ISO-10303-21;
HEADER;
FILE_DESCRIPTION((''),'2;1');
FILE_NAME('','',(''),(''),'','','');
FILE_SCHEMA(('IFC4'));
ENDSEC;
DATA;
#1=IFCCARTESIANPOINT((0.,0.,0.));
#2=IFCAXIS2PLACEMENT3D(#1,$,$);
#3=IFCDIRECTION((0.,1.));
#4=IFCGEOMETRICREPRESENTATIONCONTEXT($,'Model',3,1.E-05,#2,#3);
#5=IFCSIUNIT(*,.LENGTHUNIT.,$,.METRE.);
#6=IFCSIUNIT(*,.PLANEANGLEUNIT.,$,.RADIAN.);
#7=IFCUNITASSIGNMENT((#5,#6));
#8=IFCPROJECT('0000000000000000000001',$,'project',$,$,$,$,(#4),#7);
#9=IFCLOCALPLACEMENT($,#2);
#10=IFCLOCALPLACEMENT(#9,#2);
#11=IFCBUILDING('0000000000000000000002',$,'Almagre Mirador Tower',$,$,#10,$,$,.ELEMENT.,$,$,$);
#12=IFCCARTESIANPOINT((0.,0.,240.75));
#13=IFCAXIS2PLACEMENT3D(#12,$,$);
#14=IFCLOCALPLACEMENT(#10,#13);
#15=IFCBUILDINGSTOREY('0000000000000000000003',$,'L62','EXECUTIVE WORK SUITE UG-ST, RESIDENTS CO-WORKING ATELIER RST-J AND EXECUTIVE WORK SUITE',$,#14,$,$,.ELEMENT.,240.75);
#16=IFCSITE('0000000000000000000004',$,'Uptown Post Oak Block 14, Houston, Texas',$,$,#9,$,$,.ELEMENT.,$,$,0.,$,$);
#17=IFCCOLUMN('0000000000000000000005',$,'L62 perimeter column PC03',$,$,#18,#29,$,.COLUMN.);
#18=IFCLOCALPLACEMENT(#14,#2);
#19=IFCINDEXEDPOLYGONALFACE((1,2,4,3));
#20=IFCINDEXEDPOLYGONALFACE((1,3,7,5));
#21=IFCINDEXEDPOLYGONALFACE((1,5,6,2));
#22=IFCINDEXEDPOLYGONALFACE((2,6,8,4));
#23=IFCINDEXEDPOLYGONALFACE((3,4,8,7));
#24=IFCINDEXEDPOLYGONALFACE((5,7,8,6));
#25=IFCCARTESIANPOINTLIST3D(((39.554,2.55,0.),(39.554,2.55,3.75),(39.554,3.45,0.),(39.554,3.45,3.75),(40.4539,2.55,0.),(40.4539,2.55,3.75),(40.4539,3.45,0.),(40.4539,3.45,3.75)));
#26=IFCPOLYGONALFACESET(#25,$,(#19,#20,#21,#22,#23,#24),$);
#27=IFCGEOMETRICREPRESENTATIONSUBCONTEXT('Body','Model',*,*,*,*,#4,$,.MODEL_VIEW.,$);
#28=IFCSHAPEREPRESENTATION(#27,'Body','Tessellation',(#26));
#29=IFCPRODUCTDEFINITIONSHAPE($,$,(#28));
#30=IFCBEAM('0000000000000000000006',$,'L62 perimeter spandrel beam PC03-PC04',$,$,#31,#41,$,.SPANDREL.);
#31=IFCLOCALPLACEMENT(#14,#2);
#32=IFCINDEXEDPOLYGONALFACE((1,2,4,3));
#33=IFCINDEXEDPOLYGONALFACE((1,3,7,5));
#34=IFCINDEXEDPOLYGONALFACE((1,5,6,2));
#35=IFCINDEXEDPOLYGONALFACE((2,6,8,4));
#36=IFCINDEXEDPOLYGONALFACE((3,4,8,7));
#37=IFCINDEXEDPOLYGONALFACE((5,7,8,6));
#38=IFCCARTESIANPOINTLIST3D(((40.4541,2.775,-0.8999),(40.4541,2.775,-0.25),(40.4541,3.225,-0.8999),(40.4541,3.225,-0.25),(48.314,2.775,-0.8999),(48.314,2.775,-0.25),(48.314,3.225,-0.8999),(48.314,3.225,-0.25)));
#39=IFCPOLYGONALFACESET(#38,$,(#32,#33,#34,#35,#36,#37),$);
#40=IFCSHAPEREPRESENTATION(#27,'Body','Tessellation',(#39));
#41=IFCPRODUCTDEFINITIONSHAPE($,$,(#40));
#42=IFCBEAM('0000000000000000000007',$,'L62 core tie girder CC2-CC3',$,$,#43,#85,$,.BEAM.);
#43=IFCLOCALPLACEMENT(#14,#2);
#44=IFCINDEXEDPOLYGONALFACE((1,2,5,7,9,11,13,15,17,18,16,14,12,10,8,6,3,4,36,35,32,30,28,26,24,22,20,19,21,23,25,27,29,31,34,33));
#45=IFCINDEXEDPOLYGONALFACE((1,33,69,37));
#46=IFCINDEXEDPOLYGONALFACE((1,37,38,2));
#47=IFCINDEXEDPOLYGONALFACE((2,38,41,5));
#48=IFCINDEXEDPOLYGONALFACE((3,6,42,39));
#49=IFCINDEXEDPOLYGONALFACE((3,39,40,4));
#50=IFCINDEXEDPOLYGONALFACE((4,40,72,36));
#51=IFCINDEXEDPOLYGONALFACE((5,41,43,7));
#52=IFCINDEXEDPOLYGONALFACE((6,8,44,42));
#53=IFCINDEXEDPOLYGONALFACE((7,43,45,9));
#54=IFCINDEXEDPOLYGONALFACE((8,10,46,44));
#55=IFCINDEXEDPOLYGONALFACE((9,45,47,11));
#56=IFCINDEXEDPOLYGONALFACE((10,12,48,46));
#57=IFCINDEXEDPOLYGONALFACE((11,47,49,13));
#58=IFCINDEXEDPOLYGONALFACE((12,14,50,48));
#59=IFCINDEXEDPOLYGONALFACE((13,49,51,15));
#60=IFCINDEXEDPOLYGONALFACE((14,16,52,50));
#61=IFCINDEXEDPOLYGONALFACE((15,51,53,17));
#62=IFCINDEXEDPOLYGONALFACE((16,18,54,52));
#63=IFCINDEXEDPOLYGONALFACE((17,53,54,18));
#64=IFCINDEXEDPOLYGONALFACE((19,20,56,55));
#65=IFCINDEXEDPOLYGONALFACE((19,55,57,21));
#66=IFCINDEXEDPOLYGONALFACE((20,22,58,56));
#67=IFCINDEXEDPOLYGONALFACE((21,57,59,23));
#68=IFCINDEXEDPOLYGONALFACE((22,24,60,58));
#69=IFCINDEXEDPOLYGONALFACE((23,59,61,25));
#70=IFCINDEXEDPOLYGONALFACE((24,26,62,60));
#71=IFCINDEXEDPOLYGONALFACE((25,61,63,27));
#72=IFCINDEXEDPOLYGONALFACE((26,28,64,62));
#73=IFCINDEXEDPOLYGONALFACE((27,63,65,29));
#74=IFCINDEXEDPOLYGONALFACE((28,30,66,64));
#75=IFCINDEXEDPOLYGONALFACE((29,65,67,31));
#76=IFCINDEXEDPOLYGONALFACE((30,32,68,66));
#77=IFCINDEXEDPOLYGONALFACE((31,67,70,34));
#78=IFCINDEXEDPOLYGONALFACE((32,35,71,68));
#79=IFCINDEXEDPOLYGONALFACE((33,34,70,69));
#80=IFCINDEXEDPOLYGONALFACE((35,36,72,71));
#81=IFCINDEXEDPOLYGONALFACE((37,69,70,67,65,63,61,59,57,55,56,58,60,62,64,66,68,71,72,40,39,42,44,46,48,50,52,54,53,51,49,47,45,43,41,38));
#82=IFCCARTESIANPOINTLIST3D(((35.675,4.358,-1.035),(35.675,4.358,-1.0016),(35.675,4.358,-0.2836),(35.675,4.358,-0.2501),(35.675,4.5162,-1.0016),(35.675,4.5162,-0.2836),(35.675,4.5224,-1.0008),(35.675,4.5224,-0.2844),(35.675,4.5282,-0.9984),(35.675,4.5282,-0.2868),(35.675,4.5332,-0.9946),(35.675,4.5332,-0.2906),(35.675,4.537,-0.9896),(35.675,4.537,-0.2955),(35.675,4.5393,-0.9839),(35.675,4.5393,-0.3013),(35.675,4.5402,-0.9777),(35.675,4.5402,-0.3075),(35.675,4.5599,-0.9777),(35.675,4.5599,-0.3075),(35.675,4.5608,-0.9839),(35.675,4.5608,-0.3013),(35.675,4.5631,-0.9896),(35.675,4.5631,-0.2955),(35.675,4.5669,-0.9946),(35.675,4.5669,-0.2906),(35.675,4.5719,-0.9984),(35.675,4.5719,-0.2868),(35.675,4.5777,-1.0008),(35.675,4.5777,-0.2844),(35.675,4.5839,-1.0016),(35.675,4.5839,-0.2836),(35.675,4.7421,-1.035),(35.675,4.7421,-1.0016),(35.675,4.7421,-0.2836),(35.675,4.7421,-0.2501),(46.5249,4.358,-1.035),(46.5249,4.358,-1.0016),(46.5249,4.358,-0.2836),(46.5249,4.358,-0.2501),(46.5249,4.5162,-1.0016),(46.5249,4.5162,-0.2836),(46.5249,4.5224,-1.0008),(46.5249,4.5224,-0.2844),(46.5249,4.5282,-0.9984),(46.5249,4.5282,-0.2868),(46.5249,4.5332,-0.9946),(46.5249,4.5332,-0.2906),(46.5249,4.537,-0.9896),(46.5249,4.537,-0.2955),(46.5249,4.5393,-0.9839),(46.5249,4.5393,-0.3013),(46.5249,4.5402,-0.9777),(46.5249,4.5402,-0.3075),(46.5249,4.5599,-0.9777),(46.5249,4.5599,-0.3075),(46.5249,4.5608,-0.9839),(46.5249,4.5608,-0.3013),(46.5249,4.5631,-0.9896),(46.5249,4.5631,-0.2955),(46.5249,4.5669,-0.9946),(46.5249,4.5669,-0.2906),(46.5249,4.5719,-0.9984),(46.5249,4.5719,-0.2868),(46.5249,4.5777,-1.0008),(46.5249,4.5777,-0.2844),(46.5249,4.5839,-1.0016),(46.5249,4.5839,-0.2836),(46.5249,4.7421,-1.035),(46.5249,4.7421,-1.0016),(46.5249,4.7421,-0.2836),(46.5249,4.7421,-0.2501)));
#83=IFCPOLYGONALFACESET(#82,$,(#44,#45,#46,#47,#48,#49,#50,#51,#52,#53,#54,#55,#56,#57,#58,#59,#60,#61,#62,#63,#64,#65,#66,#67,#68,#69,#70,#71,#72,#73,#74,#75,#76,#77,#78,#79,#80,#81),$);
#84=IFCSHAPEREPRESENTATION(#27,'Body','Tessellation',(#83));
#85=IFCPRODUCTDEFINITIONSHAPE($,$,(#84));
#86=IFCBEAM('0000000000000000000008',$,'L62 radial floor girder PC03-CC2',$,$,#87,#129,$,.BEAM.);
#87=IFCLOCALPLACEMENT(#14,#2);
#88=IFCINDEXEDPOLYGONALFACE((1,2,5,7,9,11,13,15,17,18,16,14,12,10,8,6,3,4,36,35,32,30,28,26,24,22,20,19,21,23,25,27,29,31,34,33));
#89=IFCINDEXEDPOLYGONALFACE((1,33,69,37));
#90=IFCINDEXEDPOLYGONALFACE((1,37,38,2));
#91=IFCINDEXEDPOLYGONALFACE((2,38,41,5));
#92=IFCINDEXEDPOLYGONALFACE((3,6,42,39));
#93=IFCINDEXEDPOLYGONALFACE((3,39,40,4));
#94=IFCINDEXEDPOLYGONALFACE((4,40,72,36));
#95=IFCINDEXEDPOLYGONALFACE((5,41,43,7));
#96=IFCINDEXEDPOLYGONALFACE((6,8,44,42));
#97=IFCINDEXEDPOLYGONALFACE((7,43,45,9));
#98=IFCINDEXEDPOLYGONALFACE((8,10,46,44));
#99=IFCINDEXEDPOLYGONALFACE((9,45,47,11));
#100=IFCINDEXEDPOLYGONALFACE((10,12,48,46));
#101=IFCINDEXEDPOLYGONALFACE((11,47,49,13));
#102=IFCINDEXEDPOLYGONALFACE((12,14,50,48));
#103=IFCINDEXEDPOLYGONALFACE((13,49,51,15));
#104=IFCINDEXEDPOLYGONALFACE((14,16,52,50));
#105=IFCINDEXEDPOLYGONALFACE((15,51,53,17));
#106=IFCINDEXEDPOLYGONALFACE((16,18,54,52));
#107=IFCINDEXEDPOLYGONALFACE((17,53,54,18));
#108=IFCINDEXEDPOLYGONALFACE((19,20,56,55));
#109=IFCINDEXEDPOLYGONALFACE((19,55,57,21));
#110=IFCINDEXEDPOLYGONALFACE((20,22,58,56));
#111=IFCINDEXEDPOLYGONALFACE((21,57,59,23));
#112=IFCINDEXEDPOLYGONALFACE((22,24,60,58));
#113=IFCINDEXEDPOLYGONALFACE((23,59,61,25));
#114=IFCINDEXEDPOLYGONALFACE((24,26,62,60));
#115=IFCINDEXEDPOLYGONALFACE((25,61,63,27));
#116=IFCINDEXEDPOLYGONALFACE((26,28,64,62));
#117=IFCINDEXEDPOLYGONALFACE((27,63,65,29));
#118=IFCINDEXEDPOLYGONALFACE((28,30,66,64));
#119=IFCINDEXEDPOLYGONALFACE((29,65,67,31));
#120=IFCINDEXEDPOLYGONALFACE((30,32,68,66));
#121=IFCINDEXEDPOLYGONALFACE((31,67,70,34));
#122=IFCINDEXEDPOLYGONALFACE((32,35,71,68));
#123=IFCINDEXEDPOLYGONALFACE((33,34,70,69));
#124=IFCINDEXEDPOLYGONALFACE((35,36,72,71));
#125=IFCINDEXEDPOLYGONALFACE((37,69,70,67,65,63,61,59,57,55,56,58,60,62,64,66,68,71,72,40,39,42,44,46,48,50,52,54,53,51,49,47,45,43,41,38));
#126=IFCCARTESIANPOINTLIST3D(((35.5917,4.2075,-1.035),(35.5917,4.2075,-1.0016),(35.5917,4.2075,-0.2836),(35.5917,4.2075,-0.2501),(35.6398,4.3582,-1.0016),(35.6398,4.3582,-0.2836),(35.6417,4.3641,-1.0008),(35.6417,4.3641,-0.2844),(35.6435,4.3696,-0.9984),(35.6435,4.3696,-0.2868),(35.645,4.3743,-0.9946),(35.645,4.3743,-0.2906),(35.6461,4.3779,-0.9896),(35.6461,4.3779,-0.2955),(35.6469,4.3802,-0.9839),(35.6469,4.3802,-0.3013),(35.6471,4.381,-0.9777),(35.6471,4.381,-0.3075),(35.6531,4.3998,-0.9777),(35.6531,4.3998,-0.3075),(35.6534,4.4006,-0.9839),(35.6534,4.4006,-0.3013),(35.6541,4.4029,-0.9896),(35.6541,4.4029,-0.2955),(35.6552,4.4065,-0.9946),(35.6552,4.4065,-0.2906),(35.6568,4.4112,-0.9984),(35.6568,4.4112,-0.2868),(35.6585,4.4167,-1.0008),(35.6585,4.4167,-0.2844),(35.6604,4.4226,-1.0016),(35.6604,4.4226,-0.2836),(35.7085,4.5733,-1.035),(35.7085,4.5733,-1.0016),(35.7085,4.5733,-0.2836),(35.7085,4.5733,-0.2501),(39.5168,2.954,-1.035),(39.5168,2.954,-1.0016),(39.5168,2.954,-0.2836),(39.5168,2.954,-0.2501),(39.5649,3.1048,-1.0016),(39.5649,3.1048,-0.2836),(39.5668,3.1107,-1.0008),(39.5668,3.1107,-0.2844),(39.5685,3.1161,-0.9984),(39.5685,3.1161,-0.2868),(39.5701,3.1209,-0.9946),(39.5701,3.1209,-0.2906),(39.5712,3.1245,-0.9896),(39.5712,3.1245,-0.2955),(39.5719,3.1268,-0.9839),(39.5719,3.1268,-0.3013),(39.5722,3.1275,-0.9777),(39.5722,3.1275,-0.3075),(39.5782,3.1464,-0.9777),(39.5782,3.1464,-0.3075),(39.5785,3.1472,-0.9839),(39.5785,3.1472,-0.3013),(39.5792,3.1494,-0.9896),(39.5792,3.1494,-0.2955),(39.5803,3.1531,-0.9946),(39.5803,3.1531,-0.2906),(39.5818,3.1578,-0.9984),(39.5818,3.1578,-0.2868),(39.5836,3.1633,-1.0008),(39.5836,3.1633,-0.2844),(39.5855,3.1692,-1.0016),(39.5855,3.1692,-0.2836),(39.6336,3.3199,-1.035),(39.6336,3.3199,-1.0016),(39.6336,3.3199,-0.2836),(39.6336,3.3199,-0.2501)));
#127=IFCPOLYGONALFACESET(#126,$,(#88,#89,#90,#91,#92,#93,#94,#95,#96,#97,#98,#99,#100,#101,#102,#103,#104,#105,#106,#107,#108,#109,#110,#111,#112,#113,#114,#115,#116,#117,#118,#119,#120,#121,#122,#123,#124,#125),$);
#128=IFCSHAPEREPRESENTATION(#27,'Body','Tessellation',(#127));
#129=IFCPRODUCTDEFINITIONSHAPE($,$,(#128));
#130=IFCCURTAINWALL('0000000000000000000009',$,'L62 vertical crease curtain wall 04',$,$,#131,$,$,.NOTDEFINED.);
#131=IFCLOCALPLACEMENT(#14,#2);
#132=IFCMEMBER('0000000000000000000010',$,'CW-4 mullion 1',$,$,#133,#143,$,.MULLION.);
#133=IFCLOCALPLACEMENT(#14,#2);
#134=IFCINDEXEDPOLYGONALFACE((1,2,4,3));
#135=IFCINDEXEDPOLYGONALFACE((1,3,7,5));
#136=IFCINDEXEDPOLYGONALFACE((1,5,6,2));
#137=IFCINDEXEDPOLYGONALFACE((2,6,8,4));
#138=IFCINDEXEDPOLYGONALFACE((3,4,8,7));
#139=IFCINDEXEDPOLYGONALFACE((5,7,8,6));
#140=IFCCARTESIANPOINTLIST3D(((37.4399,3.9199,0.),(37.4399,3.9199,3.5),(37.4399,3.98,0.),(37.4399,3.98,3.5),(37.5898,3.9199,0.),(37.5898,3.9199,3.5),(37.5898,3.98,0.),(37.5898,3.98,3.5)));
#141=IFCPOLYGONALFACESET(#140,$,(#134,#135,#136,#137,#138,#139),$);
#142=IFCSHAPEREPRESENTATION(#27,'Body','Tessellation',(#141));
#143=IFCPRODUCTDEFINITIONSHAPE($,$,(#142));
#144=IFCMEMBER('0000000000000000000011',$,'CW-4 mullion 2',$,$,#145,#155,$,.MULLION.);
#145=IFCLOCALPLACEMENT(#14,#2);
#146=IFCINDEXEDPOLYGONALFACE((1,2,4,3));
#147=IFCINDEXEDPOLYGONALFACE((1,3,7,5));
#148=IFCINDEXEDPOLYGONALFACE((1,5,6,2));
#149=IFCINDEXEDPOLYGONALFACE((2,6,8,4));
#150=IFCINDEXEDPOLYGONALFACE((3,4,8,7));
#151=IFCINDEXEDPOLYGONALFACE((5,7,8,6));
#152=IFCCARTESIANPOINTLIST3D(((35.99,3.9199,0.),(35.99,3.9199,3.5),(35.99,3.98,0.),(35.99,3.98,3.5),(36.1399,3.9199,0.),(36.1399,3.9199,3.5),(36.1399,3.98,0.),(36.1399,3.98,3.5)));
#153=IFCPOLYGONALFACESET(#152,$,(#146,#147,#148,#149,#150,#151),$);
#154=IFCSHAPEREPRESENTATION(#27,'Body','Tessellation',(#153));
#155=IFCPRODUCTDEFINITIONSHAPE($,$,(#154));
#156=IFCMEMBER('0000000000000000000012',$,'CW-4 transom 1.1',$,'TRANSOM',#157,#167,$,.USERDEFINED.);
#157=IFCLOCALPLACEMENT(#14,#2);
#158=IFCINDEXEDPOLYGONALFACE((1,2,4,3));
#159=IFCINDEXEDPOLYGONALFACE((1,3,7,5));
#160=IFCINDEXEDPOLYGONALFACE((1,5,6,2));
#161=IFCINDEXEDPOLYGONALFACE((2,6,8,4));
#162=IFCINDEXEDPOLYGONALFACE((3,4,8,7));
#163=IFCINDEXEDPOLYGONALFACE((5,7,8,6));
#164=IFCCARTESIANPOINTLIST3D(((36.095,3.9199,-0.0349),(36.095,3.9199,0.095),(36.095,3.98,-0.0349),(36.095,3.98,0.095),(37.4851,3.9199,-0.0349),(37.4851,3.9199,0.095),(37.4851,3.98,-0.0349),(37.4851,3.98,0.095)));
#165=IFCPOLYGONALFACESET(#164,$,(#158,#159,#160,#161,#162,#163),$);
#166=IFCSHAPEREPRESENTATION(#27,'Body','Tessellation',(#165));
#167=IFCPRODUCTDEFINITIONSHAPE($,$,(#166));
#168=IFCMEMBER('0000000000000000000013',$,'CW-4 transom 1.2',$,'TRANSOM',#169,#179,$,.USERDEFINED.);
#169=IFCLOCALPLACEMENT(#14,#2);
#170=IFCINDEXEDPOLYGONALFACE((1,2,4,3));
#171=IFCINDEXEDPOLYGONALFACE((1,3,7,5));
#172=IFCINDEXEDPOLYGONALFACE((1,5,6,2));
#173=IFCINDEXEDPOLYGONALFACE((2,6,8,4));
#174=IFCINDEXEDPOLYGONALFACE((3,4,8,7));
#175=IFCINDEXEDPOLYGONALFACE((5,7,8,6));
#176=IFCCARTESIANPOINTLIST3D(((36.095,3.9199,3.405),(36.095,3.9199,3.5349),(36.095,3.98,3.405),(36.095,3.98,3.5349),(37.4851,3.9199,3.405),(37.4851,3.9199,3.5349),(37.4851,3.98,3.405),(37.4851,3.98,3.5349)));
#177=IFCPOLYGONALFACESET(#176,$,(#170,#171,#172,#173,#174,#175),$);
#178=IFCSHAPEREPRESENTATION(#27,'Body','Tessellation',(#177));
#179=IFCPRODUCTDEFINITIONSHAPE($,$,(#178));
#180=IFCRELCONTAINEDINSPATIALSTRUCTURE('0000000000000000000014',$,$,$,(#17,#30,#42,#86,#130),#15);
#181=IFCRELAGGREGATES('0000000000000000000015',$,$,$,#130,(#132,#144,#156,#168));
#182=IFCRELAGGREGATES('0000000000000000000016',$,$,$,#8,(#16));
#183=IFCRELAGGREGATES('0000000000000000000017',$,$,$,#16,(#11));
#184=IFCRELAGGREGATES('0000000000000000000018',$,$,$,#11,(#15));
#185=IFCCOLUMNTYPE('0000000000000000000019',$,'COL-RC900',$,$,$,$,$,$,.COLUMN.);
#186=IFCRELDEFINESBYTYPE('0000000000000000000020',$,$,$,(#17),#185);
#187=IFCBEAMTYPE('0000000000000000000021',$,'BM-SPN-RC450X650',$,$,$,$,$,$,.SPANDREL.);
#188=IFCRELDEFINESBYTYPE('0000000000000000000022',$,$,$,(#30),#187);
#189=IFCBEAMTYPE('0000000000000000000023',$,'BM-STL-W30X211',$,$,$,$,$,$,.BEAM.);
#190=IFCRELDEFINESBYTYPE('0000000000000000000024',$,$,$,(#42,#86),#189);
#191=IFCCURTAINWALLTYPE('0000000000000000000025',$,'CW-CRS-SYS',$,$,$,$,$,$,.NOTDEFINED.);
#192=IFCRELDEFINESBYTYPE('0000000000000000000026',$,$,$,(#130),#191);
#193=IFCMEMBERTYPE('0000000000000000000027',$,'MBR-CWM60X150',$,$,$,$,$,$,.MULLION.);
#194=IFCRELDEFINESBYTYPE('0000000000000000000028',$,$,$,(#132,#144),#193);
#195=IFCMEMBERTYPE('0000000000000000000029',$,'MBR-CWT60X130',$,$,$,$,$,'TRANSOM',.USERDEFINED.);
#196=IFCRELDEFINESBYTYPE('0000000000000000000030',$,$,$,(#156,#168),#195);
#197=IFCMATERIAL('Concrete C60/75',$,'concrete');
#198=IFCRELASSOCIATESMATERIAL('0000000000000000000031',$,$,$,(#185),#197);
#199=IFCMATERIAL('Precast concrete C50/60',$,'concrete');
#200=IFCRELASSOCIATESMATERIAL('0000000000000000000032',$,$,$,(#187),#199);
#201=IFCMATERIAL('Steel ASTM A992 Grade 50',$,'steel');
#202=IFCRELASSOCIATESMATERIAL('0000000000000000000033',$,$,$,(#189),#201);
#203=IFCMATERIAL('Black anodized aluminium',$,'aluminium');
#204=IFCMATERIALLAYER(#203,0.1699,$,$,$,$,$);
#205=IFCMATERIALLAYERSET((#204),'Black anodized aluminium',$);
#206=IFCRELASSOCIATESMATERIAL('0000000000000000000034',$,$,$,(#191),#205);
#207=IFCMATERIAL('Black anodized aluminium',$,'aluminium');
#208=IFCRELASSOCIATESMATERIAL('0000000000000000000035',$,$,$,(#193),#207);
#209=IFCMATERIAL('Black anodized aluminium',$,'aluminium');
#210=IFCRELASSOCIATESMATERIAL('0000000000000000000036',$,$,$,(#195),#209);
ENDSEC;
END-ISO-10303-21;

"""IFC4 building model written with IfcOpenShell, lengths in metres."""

from ifc_helpers import new_model, si_unit, direction, frame, origin, origin_2d, place, context, subcontext, project, spatial, rectangle, i_section, extrude, material, layer, layer_set, material_profile, profile_set, type_object, element, aggregate, save


model = new_model("IFC4")

# Units and contexts
model_context = context("Model", 3, precision=1e-05, world=origin(), true_north=direction((0.0, 1.0)))
body_context = subcontext(model_context, "Body", "Model", "MODEL_VIEW")
ifc_project = project(units=[si_unit("LENGTHUNIT", "METRE"), si_unit("PLANEANGLEUNIT", "RADIAN")], contexts=[model_context])

# Site, building, storey
site_placement = place(None, origin())
site = spatial("IfcSite", under=ifc_project, at=site_placement, Name="Uptown Post Oak Block 14, Houston, Texas", CompositionType="ELEMENT", RefElevation=0.0)
building_placement = place(site_placement, origin())
building = spatial("IfcBuilding", under=site, at=building_placement, Name="Almagre Mirador Tower", CompositionType="ELEMENT")
storey_placement = place(building_placement, frame((0.0, 0.0, 240.75)))
storey = spatial("IfcBuildingStorey", under=building, at=storey_placement, Name="L62", Description="EXECUTIVE WORK SUITE UG-ST, RESIDENTS CO-WORKING ATELIER RST-J AND EXECUTIVE WORK SUITE", CompositionType="ELEMENT", Elevation=240.75)

# Column
ifc_material_1 = material(Name="Concrete C60/75", Category="concrete")
ifc_material_profile_1 = material_profile(ifc_material_1, rectangle(XDim=0.8999, YDim=0.8999, at=origin_2d()), Name="RC900X900")
ifc_profile_set_1 = profile_set([ifc_material_profile_1], Name="Concrete C60/75")
column_type = type_object("IfcColumnType", Name="COL-RC900", PredefinedType="COLUMN", material=ifc_profile_set_1)
column_placement = place(storey_placement, frame((40.0039, 3.0, 0.0), z_axis=(0.0, 0.0, 1.0), x_axis=(1.0, 0.0, 0.0)))
element("IfcColumn", 1, at=column_placement, inside=storey, type_object=column_type, Name="L62 perimeter column PC03", PredefinedType="COLUMN", context=body_context, shape_type="SweptSolid", body=[
    extrude(rectangle(XDim=0.8999, YDim=0.8999, at=origin_2d()), origin(), (0.0, 0.0, 1.0), 3.75),
])

# Beams
ifc_material_2 = material(Name="Precast concrete C50/60", Category="concrete")
ifc_material_profile_2 = material_profile(ifc_material_2, rectangle(XDim=0.45, YDim=0.6499, at=origin_2d()), Name="RC450X650")
ifc_profile_set_2 = profile_set([ifc_material_profile_2], Name="Precast concrete C50/60")
beam_type_1 = type_object("IfcBeamType", Name="BM-SPN-RC450X650", PredefinedType="SPANDREL", material=ifc_profile_set_2)
beam_1_placement = place(storey_placement, frame((40.4541, 3.0, -0.575), z_axis=(1.0, 0.0, 0.0), x_axis=(0.0, 1.0, 0.0)))
element("IfcBeam", 2, at=beam_1_placement, inside=storey, type_object=beam_type_1, Name="L62 perimeter spandrel beam PC03-PC04", PredefinedType="SPANDREL", context=body_context, shape_type="SweptSolid", body=[
    extrude(rectangle(XDim=0.45, YDim=0.6499, at=origin_2d()), origin(), (0.0, 0.0, 1.0), 7.8599),
])
ifc_material_3 = material(Name="Steel ASTM A992 Grade 50", Category="steel")
ifc_material_profile_3 = material_profile(ifc_material_3, i_section(OverallWidth=0.384, OverallDepth=0.7849, WebThickness=0.0198, FlangeThickness=0.0334, FilletRadius=0.0239, at=origin_2d()), Name="W30X211")
ifc_profile_set_3 = profile_set([ifc_material_profile_3], Name="Steel ASTM A992 Grade 50")
beam_type_2 = type_object("IfcBeamType", Name="BM-STL-W30X211", PredefinedType="BEAM", material=ifc_profile_set_3)
beam_2_placement = place(storey_placement, frame((35.675, 4.55, -0.6426), z_axis=(1.0, 0.0, 0.0), x_axis=(0.0, 1.0, 0.0)))
element("IfcBeam", 3, at=beam_2_placement, inside=storey, type_object=beam_type_2, Name="L62 core tie girder CC2-CC3", PredefinedType="BEAM", context=body_context, shape_type="SweptSolid", body=[
    extrude(i_section(OverallWidth=0.384, OverallDepth=0.7849, WebThickness=0.0198, FlangeThickness=0.0334, FilletRadius=0.0239, at=origin_2d()), origin(), (0.0, 0.0, 1.0), 10.8499),
])
beam_3_placement = place(storey_placement, frame((39.5752, 3.137, -0.6426), z_axis=(-0.952607, 0.304204, 0.0), x_axis=(-0.304204, -0.952607, 0.0)))
element("IfcBeam", 4, at=beam_3_placement, inside=storey, type_object=beam_type_2, Name="L62 radial floor girder PC03-CC2", PredefinedType="BEAM", context=body_context, shape_type="SweptSolid", body=[
    extrude(i_section(OverallWidth=0.384, OverallDepth=0.7849, WebThickness=0.0198, FlangeThickness=0.0334, FilletRadius=0.0239, at=origin_2d()), origin(), (0.0, 0.0, 1.0), 4.1204),
])

# Curtain wall, members
ifc_material_4 = material(Name="Black anodized aluminium", Category="aluminium")
ifc_layer_1 = layer(ifc_material_4, 0.1699)
ifc_layer_set_1 = layer_set([ifc_layer_1], Name="Black anodized aluminium")
curtain_wall_type = type_object("IfcCurtainWallType", Name="CW-CRS-SYS", PredefinedType="NOTDEFINED", material=ifc_layer_set_1)
curtain_wall_placement = place(storey_placement, origin())
curtain_wall = element("IfcCurtainWall", 5, at=curtain_wall_placement, inside=storey, type_object=curtain_wall_type, Name="L62 vertical crease curtain wall 04", PredefinedType="NOTDEFINED")
ifc_material_5 = material(Name="Black anodized aluminium", Category="aluminium")
ifc_material_profile_4 = material_profile(ifc_material_5, rectangle(XDim=0.0601, YDim=0.1499, at=origin_2d()), Name="CWM60X150")
ifc_profile_set_4 = profile_set([ifc_material_profile_4], Name="Black anodized aluminium")
member_type_1 = type_object("IfcMemberType", Name="MBR-CWM60X150", PredefinedType="MULLION", material=ifc_profile_set_4)
member_1_placement = place(storey_placement, frame((37.5149, 3.95, 0.0), z_axis=(0.0, 0.0, 1.0), x_axis=(0.0, -1.0, 0.0)))
member_1 = element("IfcMember", 6, at=member_1_placement, type_object=member_type_1, Name="CW-4 mullion 1", PredefinedType="MULLION", context=body_context, shape_type="SweptSolid", body=[
    extrude(rectangle(XDim=0.0601, YDim=0.1499, at=origin_2d()), origin(), (0.0, 0.0, 1.0), 3.5),
])
member_2_placement = place(storey_placement, frame((36.0649, 3.95, 0.0), z_axis=(0.0, 0.0, 1.0), x_axis=(0.0, -1.0, 0.0)))
member_2 = element("IfcMember", 7, at=member_2_placement, type_object=member_type_1, Name="CW-4 mullion 2", PredefinedType="MULLION", context=body_context, shape_type="SweptSolid", body=[
    extrude(rectangle(XDim=0.0601, YDim=0.1499, at=origin_2d()), origin(), (0.0, 0.0, 1.0), 3.5),
])
ifc_material_6 = material(Name="Black anodized aluminium", Category="aluminium")
ifc_material_profile_5 = material_profile(ifc_material_6, rectangle(XDim=0.0601, YDim=0.1299, at=origin_2d()), Name="CWT60X130")
ifc_profile_set_5 = profile_set([ifc_material_profile_5], Name="Black anodized aluminium")
member_type_2 = type_object("IfcMemberType", Name="MBR-CWT60X130", ElementType="TRANSOM", PredefinedType="USERDEFINED", material=ifc_profile_set_5)
member_3_placement = place(storey_placement, frame((37.4851, 3.95, 0.03), z_axis=(-1.0, 0.0, 0.0), x_axis=(0.0, -1.0, 0.0)))
member_3 = element("IfcMember", 8, at=member_3_placement, type_object=member_type_2, Name="CW-4 transom 1.1", ObjectType="TRANSOM", PredefinedType="USERDEFINED", context=body_context, shape_type="SweptSolid", body=[
    extrude(rectangle(XDim=0.0601, YDim=0.1299, at=origin_2d()), origin(), (0.0, 0.0, 1.0), 1.3901),
])
member_4_placement = place(storey_placement, frame((37.4851, 3.95, 3.47), z_axis=(-1.0, 0.0, 0.0), x_axis=(0.0, -1.0, 0.0)))
member_4 = element("IfcMember", 9, at=member_4_placement, type_object=member_type_2, Name="CW-4 transom 1.2", ObjectType="TRANSOM", PredefinedType="USERDEFINED", context=body_context, shape_type="SweptSolid", body=[
    extrude(rectangle(XDim=0.0601, YDim=0.1299, at=origin_2d()), origin(), (0.0, 0.0, 1.0), 1.3901),
])
aggregate(curtain_wall, [member_1, member_2, member_3, member_4])

save(model, "model.ifc")
